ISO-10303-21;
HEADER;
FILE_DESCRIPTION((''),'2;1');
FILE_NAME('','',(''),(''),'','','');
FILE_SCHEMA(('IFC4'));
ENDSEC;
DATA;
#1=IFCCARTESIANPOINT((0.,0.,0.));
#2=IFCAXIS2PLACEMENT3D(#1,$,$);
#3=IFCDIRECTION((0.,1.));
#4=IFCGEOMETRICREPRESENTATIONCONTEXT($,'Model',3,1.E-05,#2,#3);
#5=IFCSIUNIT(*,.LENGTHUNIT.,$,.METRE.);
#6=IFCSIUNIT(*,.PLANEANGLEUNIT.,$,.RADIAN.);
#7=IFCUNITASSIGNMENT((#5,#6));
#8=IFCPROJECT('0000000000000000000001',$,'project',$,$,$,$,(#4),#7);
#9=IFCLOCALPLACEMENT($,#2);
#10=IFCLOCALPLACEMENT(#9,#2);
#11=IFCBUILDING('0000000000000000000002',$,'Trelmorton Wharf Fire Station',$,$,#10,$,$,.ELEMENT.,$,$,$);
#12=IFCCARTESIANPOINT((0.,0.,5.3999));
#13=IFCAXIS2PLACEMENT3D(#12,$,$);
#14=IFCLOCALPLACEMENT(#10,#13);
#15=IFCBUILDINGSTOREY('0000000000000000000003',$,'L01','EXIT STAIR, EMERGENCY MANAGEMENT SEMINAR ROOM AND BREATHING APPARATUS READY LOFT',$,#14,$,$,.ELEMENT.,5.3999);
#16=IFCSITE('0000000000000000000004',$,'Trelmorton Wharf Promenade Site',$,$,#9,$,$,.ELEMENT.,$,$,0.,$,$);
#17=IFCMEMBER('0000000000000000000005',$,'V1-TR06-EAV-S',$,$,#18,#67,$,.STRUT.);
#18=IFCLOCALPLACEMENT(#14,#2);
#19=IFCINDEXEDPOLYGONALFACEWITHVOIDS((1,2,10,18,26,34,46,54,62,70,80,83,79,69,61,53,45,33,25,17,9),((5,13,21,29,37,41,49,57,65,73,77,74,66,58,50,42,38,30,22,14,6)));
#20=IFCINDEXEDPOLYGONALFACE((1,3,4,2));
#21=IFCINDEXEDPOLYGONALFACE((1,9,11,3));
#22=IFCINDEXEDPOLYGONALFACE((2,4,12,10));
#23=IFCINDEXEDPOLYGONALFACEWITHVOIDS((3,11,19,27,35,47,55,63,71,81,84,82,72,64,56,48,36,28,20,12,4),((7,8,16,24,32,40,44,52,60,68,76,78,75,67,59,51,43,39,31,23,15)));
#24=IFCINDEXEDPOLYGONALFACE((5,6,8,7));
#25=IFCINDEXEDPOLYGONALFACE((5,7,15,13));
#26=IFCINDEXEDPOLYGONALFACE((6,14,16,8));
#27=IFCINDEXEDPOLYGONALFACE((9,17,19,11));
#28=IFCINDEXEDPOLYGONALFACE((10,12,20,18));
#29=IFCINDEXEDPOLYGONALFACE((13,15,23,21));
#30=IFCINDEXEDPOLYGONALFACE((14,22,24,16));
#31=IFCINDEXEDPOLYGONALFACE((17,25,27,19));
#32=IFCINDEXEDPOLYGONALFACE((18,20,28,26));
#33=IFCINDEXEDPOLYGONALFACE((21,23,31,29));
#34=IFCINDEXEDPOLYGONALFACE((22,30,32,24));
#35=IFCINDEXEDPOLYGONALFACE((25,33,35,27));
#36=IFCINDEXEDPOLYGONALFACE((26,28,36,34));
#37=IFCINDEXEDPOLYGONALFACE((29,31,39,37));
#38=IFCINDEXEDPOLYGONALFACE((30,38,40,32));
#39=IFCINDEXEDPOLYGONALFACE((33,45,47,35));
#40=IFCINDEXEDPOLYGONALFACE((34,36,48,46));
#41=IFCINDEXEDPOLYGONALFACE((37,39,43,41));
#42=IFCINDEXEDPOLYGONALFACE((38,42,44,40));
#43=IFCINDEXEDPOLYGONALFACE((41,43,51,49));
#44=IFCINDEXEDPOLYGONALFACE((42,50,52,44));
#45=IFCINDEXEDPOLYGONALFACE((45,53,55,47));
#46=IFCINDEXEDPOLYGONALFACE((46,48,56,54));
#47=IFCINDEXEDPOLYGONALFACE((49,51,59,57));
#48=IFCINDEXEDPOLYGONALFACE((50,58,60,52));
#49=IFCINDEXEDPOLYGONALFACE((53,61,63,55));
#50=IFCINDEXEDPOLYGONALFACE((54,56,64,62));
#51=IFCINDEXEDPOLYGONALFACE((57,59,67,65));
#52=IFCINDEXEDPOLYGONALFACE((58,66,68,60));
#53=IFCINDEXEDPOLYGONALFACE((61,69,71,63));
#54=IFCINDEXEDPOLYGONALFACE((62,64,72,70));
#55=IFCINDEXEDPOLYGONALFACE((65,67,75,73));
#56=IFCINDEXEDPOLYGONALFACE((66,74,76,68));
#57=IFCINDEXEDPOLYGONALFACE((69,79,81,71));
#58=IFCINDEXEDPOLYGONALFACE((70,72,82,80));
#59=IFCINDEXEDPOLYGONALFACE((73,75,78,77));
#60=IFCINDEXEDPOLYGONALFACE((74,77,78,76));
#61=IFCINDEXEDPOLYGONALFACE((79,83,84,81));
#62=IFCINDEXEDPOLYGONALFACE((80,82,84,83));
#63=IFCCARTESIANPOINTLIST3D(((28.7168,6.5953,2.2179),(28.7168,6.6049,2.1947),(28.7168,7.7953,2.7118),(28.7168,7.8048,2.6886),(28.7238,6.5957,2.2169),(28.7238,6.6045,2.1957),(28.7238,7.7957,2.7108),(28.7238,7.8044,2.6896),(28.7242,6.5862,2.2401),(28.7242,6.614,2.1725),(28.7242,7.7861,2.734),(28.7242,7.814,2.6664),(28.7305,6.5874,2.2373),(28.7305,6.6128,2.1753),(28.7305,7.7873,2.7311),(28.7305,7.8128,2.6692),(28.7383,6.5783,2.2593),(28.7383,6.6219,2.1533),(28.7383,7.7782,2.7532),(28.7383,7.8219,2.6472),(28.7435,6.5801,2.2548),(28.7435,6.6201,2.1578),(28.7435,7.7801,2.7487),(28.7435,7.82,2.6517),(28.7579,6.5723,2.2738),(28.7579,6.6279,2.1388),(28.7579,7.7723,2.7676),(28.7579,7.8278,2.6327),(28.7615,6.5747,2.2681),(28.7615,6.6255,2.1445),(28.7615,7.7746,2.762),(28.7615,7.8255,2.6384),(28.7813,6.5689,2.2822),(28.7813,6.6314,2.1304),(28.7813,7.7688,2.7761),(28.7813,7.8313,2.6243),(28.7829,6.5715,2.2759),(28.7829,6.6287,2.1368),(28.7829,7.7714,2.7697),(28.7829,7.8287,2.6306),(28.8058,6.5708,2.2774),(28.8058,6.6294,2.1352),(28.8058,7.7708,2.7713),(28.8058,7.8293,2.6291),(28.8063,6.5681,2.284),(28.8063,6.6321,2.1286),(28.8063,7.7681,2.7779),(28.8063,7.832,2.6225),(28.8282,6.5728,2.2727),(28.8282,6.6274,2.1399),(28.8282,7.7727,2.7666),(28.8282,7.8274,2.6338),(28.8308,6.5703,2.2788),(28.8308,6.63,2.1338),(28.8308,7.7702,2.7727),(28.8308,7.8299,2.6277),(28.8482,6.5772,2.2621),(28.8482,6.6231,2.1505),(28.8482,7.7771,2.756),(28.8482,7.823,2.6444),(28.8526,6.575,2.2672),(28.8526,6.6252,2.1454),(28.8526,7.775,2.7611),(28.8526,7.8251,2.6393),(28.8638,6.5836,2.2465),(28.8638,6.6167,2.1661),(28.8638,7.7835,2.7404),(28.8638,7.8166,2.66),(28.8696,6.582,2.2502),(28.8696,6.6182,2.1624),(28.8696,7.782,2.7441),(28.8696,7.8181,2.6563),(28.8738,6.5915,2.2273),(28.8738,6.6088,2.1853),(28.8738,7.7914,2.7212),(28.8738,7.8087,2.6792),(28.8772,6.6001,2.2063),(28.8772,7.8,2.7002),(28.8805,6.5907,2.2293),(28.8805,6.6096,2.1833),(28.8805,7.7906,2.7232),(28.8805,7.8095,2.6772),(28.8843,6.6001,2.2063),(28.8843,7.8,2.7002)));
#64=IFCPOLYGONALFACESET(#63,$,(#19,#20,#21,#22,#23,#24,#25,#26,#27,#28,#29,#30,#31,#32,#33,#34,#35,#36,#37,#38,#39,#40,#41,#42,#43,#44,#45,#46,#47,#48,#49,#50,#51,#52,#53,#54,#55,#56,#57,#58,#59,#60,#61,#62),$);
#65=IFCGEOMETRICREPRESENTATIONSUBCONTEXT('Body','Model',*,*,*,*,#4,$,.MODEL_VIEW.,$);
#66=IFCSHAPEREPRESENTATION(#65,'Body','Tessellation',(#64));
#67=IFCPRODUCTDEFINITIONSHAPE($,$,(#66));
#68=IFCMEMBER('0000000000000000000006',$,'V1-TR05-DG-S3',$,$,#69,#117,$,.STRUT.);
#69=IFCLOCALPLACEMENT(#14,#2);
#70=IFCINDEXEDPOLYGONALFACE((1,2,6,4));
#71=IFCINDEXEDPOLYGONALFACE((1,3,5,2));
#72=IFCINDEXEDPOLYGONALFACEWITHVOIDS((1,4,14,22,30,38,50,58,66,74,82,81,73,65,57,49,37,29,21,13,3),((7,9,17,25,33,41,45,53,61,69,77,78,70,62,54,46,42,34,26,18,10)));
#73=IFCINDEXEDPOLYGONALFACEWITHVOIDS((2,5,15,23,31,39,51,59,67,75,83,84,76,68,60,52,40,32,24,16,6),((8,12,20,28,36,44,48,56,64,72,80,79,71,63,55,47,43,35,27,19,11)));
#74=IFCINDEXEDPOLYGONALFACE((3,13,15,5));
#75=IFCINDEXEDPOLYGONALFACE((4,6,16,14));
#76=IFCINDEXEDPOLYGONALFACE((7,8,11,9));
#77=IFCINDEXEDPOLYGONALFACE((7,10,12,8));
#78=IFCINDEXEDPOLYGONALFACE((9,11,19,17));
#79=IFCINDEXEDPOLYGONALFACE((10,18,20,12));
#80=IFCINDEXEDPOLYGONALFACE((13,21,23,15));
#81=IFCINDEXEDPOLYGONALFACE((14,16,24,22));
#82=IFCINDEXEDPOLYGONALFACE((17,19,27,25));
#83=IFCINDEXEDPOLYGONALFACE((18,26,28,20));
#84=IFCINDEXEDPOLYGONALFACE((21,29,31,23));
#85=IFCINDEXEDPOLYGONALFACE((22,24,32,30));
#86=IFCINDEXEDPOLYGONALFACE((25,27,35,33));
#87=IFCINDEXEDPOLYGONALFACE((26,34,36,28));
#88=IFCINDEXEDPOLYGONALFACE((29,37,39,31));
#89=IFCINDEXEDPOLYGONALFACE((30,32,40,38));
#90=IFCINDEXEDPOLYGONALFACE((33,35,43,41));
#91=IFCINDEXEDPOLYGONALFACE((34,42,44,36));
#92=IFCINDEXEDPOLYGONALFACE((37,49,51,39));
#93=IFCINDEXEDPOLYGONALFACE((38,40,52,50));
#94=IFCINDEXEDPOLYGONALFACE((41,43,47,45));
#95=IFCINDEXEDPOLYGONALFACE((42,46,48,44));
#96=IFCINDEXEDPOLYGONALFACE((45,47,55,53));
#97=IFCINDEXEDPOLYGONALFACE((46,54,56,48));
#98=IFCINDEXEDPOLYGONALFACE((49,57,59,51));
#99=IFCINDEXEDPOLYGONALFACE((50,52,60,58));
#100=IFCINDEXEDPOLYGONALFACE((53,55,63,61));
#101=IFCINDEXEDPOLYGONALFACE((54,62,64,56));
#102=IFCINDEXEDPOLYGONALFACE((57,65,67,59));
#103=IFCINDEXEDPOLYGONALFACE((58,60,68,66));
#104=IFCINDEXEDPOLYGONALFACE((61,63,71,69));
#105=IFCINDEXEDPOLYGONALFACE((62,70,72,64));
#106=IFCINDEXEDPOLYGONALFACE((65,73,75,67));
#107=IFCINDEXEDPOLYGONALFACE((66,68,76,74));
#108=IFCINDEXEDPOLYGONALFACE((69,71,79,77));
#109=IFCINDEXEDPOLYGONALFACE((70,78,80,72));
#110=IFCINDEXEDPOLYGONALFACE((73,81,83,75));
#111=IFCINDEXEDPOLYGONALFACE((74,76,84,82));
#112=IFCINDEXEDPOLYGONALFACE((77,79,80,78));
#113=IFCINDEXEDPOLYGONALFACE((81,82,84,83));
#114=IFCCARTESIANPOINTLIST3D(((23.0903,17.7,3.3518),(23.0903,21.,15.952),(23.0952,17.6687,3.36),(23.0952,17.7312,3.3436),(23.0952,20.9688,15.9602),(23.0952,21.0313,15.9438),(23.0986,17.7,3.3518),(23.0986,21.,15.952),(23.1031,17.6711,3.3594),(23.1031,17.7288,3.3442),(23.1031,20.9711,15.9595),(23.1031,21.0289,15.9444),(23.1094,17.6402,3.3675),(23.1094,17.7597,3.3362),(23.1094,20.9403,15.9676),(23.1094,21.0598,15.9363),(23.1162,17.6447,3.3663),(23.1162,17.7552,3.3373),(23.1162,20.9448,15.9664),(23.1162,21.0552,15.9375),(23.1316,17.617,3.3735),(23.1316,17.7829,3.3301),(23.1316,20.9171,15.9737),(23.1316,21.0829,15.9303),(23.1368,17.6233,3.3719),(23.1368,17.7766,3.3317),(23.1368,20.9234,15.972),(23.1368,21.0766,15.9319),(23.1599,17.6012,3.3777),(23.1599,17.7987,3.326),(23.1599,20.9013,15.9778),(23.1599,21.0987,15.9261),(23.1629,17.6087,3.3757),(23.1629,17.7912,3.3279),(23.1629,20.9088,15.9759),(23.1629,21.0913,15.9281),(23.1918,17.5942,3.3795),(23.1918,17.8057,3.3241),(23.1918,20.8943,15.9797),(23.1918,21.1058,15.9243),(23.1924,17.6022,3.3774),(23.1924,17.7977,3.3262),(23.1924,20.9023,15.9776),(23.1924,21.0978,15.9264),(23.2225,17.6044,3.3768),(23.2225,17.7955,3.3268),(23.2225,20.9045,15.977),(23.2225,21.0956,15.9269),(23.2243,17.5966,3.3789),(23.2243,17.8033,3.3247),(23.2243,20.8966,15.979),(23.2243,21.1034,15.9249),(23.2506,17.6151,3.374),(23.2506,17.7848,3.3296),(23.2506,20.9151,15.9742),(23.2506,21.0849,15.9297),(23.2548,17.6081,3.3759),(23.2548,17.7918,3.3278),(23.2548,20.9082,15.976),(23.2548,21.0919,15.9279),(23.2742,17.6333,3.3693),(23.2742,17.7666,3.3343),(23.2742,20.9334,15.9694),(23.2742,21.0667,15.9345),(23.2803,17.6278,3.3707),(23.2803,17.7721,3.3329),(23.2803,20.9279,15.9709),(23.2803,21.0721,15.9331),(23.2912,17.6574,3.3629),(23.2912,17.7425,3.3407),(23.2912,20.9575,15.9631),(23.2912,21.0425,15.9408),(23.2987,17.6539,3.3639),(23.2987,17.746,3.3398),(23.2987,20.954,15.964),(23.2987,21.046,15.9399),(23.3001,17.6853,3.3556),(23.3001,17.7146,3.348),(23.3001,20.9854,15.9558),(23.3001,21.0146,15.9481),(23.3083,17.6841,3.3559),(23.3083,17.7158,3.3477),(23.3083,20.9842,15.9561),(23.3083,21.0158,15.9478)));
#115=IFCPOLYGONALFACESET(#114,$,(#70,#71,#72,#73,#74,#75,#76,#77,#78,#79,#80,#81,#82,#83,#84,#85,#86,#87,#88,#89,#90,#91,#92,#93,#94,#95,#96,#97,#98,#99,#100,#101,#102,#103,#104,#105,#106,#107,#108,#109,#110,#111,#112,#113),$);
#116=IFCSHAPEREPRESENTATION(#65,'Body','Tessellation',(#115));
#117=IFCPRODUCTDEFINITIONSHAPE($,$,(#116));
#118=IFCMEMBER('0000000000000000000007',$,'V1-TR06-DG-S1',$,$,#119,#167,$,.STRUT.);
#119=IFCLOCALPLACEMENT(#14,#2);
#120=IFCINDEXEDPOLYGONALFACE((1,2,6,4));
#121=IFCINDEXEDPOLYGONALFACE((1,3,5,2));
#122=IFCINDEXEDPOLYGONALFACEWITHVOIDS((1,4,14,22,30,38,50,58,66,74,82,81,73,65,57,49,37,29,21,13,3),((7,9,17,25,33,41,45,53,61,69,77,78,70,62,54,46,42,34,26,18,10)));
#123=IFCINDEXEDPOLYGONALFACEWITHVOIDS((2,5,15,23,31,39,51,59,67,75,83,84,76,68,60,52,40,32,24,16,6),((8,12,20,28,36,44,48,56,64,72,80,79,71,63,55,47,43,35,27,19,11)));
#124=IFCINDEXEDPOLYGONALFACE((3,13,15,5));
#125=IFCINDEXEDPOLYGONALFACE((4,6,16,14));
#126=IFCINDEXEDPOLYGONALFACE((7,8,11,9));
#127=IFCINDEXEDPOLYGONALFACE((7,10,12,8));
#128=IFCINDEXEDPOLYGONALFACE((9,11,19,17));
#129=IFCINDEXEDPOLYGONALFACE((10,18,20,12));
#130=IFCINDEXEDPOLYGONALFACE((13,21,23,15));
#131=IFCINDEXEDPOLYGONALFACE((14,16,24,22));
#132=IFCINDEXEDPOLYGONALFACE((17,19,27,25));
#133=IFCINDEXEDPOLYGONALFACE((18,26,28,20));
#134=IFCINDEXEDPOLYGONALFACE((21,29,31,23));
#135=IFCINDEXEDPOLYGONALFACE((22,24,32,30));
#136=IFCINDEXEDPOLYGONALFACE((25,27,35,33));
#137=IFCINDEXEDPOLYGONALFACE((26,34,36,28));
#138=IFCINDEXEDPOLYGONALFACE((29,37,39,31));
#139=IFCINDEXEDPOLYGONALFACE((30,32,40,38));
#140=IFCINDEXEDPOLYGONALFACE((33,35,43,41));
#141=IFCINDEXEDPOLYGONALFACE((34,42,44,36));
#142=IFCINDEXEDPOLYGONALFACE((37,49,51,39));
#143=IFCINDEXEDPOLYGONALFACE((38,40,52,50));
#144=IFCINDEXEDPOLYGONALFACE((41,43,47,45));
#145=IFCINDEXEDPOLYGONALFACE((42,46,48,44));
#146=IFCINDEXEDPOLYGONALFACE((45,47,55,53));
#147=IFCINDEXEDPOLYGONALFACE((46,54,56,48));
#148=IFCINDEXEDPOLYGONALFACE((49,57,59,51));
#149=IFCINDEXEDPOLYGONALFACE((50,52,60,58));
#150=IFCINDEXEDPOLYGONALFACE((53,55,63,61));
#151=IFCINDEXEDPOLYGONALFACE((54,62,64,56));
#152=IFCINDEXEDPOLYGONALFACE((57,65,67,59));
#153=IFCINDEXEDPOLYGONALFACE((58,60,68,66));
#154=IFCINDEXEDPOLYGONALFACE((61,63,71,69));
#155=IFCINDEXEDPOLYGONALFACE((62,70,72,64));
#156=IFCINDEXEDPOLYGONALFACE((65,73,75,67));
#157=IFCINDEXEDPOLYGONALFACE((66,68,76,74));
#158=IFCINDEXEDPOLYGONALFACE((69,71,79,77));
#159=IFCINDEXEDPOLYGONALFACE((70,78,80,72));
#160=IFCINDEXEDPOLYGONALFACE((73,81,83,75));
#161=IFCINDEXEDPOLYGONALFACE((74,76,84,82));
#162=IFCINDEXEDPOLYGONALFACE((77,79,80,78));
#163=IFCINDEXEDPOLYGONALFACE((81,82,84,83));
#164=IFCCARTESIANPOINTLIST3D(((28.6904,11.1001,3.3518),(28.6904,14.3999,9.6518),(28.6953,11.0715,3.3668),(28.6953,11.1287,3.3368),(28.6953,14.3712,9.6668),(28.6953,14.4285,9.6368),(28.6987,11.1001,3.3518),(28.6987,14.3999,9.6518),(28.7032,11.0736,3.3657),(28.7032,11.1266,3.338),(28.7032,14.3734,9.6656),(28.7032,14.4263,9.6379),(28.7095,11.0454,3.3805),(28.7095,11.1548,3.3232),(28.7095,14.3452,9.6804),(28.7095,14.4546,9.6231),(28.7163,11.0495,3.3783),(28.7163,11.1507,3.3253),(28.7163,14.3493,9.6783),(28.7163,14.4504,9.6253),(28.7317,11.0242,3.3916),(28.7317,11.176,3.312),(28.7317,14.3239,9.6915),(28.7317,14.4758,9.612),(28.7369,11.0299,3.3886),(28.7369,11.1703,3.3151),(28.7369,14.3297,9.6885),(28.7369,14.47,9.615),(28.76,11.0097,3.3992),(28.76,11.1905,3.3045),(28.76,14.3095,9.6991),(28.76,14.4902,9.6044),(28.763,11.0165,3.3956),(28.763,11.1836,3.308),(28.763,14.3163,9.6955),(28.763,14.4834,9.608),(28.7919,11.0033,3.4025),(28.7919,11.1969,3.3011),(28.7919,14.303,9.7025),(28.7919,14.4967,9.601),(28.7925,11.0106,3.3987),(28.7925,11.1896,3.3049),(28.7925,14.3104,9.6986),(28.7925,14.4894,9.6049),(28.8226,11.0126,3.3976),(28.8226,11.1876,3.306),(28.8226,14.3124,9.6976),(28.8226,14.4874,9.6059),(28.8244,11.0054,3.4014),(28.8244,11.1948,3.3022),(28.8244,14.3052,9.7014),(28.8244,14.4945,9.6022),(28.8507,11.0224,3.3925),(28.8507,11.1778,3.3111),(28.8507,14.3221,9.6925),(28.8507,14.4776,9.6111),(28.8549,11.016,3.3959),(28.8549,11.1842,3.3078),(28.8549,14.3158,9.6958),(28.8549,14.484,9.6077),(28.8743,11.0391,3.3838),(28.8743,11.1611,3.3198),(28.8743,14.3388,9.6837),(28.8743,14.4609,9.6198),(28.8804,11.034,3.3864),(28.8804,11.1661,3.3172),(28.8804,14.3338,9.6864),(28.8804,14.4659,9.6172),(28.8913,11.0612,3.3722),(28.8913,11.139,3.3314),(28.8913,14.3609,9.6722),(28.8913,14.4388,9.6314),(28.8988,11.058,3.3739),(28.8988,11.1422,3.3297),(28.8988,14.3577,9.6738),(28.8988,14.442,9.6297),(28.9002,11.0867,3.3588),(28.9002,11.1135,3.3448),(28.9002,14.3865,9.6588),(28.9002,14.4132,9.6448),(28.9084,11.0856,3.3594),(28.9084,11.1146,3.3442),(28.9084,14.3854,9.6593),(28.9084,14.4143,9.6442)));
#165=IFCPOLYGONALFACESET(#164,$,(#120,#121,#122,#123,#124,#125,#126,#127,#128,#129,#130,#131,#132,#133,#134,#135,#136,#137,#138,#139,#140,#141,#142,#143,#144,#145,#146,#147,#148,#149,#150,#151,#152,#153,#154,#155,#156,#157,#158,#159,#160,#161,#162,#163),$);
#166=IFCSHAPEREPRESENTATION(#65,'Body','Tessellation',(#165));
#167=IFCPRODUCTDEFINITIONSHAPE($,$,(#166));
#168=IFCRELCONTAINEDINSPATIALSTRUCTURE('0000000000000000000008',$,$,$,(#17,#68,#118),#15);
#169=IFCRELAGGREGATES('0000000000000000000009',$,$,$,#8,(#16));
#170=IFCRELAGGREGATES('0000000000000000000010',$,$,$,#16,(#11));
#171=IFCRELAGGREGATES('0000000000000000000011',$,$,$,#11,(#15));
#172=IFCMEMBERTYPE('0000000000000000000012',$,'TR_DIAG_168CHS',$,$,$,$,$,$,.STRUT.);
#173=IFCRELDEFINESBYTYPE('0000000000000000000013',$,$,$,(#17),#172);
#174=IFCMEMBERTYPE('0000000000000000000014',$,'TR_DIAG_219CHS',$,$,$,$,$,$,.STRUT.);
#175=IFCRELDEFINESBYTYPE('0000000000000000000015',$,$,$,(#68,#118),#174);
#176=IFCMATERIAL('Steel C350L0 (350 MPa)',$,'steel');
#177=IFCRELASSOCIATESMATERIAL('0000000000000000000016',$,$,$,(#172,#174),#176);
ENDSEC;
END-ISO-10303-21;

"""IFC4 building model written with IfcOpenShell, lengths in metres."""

from ifc_helpers import new_model, si_unit, direction, frame, origin, origin_2d, place, context, subcontext, project, spatial, hollow_circle, extrude, material, material_profile, profile_set, type_object, element, save


model = new_model("IFC4")

# Units and contexts
model_context = context("Model", 3, precision=1e-05, world=origin(), true_north=direction((0.0, 1.0)))
body_context = subcontext(model_context, "Body", "Model", "MODEL_VIEW")
ifc_project = project(units=[si_unit("LENGTHUNIT", "METRE"), si_unit("PLANEANGLEUNIT", "RADIAN")], contexts=[model_context])

# Site, building, storey
site_placement = place(None, origin())
site = spatial("IfcSite", under=ifc_project, at=site_placement, Name="Trelmorton Wharf Promenade Site", CompositionType="ELEMENT", RefElevation=0.0)
building_placement = place(site_placement, origin())
building = spatial("IfcBuilding", under=site, at=building_placement, Name="Trelmorton Wharf Fire Station", CompositionType="ELEMENT")
storey_placement = place(building_placement, frame((0.0, 0.0, 5.3999)))
storey = spatial("IfcBuildingStorey", under=building, at=storey_placement, Name="L01", Description="EXIT STAIR, EMERGENCY MANAGEMENT SEMINAR ROOM AND BREATHING APPARATUS READY LOFT", CompositionType="ELEMENT", Elevation=5.3999)

# Members
ifc_material_1 = material(Name="Steel C350L0 (350 MPa)", Category="steel")
ifc_material_profile_1 = material_profile(ifc_material_1, hollow_circle(Radius=0.0842, WallThickness=0.0071, at=origin_2d()), Name="168.3x7.1CHS")
ifc_profile_set_1 = profile_set([ifc_material_profile_1], Name="Steel C350L0 (350 MPa)")
member_type_1 = type_object("IfcMemberType", Name="TR_DIAG_168CHS", PredefinedType="STRUT", material=ifc_profile_set_1)
member_1_placement = place(storey_placement, frame((28.8, 7.8, 2.7002), z_axis=(0.0, -0.924733, -0.380617), x_axis=(1.0, 0.0, 0.0)))
element("IfcMember", 1, at=member_1_placement, inside=storey, type_object=member_type_1, Name="V1-TR06-EAV-S", PredefinedType="STRUT", context=body_context, shape_type="SweptSolid", body=[
    extrude(hollow_circle(Radius=0.0842, WallThickness=0.0071, at=origin_2d()), origin(), (0.0, 0.0, 1.0), 1.2976),
])
ifc_material_profile_2 = material_profile(ifc_material_1, hollow_circle(Radius=0.1096, WallThickness=0.0083, at=origin_2d()), Name="219.1x8.2CHS")
ifc_profile_set_2 = profile_set([ifc_material_profile_2], Name="Steel C350L0 (350 MPa)")
member_type_2 = type_object("IfcMemberType", Name="TR_DIAG_219CHS", PredefinedType="STRUT", material=ifc_profile_set_2)
member_2_placement = place(storey_placement, frame((23.2, 17.7, 3.3518), z_axis=(0.0, 0.253361, 0.967372), x_axis=(-1.0, 0.0, 0.0)))
element("IfcMember", 2, at=member_2_placement, inside=storey, type_object=member_type_2, Name="V1-TR05-DG-S3", PredefinedType="STRUT", context=body_context, shape_type="SweptSolid", body=[
    extrude(hollow_circle(Radius=0.1096, WallThickness=0.0083, at=origin_2d()), origin(), (0.0, 0.0, 1.0), 13.0251),
])
member_3_placement = place(storey_placement, frame((28.8, 11.1001, 3.3518), z_axis=(0.0, 0.463983, 0.885844), x_axis=(-1.0, 0.0, 0.0)))
element("IfcMember", 3, at=member_3_placement, inside=storey, type_object=member_type_2, Name="V1-TR06-DG-S1", PredefinedType="STRUT", context=body_context, shape_type="SweptSolid", body=[
    extrude(hollow_circle(Radius=0.1096, WallThickness=0.0083, at=origin_2d()), origin(), (0.0, 0.0, 1.0), 7.1118),
])

save(model, "model.ifc")
